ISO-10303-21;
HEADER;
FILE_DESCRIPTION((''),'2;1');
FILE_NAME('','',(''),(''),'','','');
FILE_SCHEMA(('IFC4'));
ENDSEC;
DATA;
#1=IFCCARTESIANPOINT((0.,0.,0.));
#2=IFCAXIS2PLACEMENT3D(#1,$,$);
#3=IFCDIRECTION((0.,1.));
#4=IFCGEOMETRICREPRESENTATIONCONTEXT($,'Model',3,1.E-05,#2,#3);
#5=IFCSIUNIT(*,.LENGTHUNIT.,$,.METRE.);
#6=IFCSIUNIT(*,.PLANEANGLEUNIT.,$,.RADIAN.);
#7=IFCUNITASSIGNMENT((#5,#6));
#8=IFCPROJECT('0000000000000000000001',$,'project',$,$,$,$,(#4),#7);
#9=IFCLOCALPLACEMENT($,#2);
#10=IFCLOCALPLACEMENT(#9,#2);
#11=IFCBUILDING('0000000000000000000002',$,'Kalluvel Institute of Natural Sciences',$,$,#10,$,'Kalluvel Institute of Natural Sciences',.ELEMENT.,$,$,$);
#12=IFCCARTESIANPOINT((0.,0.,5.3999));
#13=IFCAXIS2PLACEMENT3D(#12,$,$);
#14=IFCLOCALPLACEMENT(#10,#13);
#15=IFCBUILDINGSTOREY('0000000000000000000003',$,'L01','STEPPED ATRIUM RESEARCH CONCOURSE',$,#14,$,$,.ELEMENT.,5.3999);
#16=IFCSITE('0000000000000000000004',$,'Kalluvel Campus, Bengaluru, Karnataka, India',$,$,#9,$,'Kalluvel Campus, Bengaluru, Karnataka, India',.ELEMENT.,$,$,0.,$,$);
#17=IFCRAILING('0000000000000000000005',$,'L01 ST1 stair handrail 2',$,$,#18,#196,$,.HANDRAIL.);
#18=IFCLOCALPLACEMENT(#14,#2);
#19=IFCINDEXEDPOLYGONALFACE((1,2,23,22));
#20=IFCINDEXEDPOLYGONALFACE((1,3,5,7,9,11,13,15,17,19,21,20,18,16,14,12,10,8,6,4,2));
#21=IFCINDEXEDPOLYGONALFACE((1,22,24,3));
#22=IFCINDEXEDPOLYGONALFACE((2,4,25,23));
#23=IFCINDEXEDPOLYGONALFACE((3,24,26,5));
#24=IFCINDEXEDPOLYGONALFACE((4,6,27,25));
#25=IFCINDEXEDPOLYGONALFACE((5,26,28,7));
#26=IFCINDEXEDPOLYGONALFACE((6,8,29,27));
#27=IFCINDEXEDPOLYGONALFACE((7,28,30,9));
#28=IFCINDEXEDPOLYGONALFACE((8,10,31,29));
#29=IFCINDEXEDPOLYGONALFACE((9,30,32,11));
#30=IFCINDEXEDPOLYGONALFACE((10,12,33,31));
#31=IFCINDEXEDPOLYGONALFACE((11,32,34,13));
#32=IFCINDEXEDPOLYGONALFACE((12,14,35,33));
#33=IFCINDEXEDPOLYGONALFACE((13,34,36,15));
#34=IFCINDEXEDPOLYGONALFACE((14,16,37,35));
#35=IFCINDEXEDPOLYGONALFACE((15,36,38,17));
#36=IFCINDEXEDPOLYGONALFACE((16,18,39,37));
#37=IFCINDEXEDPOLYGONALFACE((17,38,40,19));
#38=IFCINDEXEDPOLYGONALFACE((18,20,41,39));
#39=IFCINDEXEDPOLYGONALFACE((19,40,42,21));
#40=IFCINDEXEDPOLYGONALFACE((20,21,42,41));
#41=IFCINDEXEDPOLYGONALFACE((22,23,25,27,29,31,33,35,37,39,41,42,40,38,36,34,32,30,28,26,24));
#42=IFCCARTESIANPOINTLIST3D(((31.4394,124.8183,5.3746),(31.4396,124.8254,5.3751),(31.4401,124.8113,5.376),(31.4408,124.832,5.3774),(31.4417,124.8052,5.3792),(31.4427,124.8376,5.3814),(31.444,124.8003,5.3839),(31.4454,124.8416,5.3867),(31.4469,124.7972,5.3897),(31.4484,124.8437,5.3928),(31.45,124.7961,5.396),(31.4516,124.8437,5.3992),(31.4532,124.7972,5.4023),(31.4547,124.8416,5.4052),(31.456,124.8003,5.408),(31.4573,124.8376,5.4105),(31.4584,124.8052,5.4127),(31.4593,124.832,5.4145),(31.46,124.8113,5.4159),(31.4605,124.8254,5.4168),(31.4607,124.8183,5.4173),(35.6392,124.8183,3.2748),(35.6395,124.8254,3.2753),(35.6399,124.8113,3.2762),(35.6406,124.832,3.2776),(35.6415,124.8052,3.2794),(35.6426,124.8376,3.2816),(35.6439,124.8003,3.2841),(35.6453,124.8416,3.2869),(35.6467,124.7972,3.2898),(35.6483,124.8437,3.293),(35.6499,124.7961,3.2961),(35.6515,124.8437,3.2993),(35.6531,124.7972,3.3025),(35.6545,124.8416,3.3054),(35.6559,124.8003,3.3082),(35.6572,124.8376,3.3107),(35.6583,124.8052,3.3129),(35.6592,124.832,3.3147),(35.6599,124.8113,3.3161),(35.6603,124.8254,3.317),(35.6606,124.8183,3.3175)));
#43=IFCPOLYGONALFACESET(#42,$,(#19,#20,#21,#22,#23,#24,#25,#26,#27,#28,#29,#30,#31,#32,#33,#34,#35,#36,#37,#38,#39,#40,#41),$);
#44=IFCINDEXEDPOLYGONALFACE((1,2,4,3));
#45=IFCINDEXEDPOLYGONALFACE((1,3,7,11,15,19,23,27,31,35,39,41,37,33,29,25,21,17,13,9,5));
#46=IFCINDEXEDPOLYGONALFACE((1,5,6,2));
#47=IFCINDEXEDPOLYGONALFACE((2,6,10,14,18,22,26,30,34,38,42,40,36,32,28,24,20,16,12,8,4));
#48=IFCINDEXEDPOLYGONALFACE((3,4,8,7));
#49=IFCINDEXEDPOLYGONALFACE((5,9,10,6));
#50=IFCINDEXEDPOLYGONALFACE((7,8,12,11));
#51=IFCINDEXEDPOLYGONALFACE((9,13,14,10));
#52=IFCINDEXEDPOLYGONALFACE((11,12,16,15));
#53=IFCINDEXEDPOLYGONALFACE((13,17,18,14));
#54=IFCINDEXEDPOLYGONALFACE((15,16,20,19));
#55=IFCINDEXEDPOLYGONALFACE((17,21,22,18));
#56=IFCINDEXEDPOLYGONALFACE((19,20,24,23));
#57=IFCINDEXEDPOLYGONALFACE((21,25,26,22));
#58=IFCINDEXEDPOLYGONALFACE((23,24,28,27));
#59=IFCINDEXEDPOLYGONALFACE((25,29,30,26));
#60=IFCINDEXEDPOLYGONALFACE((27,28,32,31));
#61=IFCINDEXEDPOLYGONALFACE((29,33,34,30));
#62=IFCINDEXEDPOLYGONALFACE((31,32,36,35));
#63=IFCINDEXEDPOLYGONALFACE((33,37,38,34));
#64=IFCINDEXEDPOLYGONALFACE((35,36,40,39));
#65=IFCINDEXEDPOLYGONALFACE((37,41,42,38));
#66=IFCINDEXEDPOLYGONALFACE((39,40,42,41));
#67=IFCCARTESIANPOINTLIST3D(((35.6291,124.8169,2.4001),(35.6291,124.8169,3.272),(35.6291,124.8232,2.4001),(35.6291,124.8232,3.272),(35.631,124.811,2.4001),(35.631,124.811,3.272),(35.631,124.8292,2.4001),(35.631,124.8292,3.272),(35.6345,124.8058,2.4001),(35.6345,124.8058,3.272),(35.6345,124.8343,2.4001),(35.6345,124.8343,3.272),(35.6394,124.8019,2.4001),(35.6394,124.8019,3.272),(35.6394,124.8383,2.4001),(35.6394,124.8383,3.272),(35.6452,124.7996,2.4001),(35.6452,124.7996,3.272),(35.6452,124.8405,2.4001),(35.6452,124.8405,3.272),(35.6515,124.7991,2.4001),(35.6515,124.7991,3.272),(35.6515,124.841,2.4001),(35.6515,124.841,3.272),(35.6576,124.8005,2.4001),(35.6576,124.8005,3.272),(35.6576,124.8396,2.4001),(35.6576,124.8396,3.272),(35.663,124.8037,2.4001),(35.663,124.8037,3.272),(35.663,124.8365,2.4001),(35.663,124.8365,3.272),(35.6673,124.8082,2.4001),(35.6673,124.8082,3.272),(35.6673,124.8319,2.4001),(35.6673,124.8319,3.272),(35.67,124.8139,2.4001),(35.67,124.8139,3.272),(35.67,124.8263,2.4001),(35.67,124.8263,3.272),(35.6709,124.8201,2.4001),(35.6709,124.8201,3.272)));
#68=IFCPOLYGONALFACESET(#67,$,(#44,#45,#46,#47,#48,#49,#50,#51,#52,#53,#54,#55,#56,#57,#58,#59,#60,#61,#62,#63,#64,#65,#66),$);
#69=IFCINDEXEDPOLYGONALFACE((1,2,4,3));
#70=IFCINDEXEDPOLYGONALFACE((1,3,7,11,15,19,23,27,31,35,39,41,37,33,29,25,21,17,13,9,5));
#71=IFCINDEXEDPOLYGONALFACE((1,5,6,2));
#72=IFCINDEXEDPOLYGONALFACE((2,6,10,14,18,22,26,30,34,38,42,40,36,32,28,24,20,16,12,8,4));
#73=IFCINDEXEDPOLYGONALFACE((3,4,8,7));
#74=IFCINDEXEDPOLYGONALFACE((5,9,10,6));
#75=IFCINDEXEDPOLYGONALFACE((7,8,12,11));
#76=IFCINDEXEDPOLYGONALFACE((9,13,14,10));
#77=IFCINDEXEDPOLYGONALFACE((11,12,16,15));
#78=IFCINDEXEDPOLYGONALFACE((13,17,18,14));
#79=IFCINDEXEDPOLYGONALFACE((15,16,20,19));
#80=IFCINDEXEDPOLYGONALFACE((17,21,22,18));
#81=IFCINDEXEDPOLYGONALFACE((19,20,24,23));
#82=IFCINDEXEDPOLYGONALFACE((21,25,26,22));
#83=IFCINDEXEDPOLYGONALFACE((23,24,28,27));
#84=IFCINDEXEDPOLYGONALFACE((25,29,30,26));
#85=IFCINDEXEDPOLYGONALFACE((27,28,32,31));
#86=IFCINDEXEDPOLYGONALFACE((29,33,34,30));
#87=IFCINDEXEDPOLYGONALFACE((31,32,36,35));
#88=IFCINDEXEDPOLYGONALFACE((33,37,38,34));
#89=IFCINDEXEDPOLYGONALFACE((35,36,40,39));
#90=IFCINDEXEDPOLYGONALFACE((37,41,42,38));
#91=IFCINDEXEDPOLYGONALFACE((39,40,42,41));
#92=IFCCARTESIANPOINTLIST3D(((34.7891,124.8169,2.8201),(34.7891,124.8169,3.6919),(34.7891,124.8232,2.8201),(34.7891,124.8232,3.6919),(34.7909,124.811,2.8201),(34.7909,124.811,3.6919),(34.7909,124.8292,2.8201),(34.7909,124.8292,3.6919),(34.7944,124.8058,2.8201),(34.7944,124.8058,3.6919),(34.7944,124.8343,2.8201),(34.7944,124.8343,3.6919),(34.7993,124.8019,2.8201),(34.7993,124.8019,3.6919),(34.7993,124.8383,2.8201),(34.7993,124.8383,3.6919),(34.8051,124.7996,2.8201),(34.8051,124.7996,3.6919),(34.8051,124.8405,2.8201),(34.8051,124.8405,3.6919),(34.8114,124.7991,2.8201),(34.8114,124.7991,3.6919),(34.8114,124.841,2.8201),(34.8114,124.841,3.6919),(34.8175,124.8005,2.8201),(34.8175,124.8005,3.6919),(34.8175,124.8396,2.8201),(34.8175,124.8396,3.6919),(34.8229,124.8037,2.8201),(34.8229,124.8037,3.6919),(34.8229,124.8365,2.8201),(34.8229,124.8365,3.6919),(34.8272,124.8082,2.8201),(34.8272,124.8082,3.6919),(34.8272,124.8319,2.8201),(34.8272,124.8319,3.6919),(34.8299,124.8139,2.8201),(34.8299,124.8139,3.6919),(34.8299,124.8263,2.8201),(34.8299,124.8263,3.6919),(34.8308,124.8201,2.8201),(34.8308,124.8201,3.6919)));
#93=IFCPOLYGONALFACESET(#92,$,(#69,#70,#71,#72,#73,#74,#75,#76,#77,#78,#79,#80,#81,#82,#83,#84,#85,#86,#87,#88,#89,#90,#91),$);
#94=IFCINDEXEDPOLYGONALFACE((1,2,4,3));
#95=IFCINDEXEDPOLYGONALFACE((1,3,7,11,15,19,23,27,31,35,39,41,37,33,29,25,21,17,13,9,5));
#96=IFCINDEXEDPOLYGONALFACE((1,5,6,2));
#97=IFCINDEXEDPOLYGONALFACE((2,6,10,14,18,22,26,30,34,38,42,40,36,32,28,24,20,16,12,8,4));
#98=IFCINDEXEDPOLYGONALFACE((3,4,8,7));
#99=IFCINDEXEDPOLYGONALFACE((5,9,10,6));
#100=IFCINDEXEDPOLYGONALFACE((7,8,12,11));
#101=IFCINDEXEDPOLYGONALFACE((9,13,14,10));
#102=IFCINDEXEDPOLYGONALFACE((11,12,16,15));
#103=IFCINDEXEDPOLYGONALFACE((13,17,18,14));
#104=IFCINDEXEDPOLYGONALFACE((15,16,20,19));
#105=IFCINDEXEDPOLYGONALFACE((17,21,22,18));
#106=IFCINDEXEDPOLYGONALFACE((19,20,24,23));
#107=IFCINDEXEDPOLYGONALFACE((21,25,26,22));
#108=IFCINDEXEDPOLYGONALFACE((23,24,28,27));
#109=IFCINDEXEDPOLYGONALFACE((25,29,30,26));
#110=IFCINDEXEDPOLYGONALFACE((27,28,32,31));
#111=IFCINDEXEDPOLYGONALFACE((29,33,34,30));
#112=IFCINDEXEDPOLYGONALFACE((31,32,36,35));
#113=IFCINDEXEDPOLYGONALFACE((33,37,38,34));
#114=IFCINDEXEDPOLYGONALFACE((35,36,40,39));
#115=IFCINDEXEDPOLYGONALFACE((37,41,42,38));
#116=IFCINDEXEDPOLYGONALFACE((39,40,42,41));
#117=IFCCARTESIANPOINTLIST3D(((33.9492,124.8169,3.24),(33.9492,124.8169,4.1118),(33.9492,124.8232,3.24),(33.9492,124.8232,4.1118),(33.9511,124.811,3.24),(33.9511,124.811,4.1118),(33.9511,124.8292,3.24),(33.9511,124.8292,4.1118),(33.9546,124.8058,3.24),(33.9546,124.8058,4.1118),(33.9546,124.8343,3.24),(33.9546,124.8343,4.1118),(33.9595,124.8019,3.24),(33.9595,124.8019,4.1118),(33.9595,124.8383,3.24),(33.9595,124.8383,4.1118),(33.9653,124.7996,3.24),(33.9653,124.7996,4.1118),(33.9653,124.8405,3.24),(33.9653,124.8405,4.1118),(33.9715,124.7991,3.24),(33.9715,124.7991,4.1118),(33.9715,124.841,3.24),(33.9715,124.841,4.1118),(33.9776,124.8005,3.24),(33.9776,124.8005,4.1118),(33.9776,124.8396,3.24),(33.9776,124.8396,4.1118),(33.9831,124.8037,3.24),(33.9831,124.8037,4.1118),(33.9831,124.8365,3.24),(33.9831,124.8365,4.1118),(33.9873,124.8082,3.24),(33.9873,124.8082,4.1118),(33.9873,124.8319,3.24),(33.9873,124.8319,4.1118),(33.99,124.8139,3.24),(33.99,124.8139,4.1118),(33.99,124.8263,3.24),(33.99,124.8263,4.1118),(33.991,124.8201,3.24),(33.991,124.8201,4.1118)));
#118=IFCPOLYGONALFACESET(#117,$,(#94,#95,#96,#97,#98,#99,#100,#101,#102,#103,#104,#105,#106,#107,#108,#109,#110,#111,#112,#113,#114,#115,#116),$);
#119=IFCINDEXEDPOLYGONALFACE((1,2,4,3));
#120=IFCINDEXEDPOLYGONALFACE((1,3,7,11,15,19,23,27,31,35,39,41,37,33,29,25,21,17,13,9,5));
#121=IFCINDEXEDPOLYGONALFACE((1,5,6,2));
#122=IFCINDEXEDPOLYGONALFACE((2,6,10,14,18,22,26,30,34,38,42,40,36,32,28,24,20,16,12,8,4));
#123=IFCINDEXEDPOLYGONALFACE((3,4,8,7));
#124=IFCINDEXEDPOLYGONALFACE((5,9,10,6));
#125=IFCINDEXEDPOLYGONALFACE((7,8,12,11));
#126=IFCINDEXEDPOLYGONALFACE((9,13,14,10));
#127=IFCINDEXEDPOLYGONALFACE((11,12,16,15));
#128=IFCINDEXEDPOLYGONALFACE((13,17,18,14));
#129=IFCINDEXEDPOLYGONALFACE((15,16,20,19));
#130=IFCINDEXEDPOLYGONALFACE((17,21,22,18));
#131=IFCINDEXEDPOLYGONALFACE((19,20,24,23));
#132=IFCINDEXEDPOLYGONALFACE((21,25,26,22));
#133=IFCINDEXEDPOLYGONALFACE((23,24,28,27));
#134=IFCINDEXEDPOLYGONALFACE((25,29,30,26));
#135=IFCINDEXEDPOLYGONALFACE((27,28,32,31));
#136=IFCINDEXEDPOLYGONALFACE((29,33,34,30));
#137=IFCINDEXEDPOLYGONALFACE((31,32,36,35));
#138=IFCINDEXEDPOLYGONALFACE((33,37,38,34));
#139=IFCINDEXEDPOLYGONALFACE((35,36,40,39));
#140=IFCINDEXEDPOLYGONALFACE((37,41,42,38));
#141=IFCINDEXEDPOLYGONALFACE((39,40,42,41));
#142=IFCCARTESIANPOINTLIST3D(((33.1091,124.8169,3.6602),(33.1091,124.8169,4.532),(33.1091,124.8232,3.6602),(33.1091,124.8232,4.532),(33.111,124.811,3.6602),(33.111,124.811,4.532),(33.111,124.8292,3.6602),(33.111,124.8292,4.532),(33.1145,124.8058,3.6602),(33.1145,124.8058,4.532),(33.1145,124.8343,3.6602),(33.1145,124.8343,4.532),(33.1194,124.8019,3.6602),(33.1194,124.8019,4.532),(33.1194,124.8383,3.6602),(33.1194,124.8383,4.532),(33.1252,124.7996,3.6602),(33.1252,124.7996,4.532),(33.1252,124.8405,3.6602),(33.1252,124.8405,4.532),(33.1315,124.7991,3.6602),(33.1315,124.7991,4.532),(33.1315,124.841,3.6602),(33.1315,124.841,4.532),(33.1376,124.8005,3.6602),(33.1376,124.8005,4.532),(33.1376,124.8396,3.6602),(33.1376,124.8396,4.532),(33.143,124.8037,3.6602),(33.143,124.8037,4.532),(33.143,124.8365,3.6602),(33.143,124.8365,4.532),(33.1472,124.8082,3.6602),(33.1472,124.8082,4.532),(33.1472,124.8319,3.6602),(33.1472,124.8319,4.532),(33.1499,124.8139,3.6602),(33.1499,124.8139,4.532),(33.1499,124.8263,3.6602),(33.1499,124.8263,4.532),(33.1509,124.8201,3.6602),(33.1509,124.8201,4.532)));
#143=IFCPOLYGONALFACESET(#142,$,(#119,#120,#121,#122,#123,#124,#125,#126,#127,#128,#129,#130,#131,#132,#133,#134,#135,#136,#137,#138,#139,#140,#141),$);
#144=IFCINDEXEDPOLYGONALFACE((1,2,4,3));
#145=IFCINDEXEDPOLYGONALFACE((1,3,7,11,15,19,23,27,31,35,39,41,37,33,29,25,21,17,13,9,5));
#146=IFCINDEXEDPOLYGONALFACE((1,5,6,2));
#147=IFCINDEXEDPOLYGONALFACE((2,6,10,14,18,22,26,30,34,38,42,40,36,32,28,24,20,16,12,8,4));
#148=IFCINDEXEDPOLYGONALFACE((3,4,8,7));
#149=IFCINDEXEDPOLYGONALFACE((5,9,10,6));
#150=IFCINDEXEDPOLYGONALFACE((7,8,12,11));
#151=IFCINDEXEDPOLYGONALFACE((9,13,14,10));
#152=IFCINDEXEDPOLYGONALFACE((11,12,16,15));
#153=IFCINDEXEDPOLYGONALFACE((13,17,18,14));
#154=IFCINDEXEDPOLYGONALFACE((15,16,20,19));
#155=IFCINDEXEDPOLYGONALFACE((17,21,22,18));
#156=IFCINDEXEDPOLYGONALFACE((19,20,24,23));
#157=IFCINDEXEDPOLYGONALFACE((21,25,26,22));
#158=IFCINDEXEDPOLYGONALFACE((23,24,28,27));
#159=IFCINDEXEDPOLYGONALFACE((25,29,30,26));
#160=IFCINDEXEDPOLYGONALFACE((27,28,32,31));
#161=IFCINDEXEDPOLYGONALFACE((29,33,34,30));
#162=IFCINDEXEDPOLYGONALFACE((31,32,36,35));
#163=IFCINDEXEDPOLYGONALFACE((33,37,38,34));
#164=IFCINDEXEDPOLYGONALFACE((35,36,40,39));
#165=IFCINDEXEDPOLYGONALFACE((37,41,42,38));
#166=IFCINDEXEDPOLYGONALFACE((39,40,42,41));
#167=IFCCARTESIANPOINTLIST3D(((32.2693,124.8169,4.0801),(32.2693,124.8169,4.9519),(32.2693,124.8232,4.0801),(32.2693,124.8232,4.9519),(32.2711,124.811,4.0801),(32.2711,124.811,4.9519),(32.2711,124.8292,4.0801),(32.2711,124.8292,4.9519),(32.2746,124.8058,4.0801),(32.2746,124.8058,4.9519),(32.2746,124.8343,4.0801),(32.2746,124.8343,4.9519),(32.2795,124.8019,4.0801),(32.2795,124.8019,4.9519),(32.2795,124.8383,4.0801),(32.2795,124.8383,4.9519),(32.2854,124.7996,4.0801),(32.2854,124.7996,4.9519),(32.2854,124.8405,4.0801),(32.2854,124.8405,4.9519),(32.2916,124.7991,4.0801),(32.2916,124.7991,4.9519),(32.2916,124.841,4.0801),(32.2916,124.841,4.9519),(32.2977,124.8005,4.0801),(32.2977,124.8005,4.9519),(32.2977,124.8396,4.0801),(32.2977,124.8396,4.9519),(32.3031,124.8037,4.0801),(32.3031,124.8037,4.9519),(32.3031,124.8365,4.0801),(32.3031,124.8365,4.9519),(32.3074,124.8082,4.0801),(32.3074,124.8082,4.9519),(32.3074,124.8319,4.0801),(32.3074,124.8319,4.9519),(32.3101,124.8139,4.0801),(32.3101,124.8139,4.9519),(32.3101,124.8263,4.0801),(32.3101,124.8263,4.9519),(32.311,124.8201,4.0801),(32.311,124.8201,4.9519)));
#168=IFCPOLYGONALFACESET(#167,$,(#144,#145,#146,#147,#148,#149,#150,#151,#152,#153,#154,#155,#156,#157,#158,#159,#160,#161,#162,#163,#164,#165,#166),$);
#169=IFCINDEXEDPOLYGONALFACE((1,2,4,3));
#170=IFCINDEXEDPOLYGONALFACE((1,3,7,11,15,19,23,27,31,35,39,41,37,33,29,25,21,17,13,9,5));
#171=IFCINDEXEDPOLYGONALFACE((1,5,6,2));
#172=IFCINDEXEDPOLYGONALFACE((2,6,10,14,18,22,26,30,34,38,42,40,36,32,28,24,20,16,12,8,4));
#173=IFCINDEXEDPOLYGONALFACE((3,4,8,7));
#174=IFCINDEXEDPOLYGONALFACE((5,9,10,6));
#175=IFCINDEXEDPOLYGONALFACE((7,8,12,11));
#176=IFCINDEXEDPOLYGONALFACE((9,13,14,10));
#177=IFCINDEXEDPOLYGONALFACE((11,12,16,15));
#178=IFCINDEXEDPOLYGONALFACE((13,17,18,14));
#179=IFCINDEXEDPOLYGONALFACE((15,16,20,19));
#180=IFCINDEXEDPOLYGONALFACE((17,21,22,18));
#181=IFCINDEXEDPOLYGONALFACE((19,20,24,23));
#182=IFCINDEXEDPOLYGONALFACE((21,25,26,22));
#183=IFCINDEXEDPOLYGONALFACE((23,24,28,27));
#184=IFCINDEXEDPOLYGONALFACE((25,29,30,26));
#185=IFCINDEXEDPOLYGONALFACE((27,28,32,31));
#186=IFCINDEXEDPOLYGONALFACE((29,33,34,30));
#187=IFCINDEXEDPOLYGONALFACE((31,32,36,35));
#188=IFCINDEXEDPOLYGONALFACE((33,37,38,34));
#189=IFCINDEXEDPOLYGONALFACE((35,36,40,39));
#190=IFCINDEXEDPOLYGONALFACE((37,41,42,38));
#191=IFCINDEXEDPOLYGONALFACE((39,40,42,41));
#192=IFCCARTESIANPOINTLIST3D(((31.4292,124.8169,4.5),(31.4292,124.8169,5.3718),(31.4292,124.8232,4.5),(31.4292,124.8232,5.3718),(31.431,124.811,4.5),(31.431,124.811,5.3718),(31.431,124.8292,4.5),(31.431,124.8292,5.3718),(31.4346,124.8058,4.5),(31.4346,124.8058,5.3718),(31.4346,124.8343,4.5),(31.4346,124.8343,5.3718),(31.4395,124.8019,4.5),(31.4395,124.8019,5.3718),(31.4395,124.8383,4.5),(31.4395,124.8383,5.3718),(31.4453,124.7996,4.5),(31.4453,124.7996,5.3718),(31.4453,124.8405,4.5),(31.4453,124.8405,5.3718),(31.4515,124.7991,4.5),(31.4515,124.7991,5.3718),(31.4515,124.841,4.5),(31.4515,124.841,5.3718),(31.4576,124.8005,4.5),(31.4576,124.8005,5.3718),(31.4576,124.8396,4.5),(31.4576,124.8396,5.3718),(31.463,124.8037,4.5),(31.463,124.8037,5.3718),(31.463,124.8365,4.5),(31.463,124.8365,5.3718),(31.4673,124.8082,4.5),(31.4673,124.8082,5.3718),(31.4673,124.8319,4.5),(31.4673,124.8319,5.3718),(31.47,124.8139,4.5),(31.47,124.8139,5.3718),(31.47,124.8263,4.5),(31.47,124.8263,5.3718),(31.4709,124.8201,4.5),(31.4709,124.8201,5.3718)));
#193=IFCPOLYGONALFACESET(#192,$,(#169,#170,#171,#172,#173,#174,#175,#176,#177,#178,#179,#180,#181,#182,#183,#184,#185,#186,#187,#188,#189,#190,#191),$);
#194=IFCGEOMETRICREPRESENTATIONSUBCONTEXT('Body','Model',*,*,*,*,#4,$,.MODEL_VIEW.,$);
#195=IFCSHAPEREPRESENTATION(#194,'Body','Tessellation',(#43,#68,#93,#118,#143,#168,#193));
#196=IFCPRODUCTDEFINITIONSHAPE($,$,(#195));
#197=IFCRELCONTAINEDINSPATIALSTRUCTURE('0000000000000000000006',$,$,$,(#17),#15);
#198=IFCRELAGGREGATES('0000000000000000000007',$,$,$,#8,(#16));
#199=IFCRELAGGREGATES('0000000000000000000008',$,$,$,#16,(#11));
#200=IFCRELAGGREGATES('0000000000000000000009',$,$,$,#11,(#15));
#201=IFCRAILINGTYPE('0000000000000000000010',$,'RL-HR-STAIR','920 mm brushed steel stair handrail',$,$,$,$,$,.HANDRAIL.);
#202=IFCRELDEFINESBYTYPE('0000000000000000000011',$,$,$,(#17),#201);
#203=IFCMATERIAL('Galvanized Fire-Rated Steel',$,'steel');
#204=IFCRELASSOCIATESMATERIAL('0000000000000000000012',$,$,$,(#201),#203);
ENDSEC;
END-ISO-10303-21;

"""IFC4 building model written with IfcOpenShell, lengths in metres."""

from ifc_helpers import new_model, si_unit, direction, frame, origin, origin_2d, place, context, subcontext, project, spatial, circle, extrude, material, type_object, element, save


model = new_model("IFC4")

# Units and contexts
model_context = context("Model", 3, precision=1e-05, world=origin(), true_north=direction((0.0, 1.0)))
body_context = subcontext(model_context, "Body", "Model", "MODEL_VIEW")
ifc_project = project(units=[si_unit("LENGTHUNIT", "METRE"), si_unit("PLANEANGLEUNIT", "RADIAN")], contexts=[model_context])

# Site, building, storey
site_placement = place(None, origin())
site = spatial("IfcSite", under=ifc_project, at=site_placement, Name="Kalluvel Campus, Bengaluru, Karnataka, India", LongName="Kalluvel Campus, Bengaluru, Karnataka, India", CompositionType="ELEMENT", RefElevation=0.0)
building_placement = place(site_placement, origin())
building = spatial("IfcBuilding", under=site, at=building_placement, Name="Kalluvel Institute of Natural Sciences", LongName="Kalluvel Institute of Natural Sciences", CompositionType="ELEMENT")
storey_placement = place(building_placement, frame((0.0, 0.0, 5.3999)))
storey = spatial("IfcBuildingStorey", under=building, at=storey_placement, Name="L01", Description="STEPPED ATRIUM RESEARCH CONCOURSE", CompositionType="ELEMENT", Elevation=5.3999)

# Shared definitions
ifc_material_1 = material(Name="Galvanized Fire-Rated Steel", Category="steel")

# Railing
railing_type_1 = type_object("IfcRailingType", Name="RL-HR-STAIR", Description="920 mm brushed steel stair handrail", PredefinedType="HANDRAIL", material=ifc_material_1)
railing_1_placement = place(storey_placement, frame((35.6499, 124.8201, 2.4001)))
element("IfcRailing", 1, at=railing_1_placement, inside=storey, type_object=railing_type_1, Name="L01 ST1 stair handrail 2", PredefinedType="HANDRAIL", context=body_context, shape_type="SweptSolid", body=[
    extrude(circle(Radius=0.0239, at=origin_2d()), frame((0.0, 0.0, 0.896), z_axis=(-0.894438, 0.0, 0.447193), x_axis=(0.0, -1.0, 0.0)), (0.0, 0.0, 1.0), 4.6956),
    extrude(circle(Radius=0.021, at=origin_2d()), origin(), (0.0, 0.0, 1.0), 0.8718),
    extrude(circle(Radius=0.021, at=origin_2d()), frame((-0.8401, 0.0, 0.4199)), (0.0, 0.0, 1.0), 0.8718),
    extrude(circle(Radius=0.021, at=origin_2d()), frame((-1.6799, 0.0, 0.8398)), (0.0, 0.0, 1.0), 0.8718),
    extrude(circle(Radius=0.021, at=origin_2d()), frame((-2.52, 0.0, 1.26)), (0.0, 0.0, 1.0), 0.8718),
    extrude(circle(Radius=0.021, at=origin_2d()), frame((-3.3599, 0.0, 1.6799)), (0.0, 0.0, 1.0), 0.8718),
    extrude(circle(Radius=0.021, at=origin_2d()), frame((-4.2, 0.0, 2.0999)), (0.0, 0.0, 1.0), 0.8718),
])

save(model, "model.ifc")
